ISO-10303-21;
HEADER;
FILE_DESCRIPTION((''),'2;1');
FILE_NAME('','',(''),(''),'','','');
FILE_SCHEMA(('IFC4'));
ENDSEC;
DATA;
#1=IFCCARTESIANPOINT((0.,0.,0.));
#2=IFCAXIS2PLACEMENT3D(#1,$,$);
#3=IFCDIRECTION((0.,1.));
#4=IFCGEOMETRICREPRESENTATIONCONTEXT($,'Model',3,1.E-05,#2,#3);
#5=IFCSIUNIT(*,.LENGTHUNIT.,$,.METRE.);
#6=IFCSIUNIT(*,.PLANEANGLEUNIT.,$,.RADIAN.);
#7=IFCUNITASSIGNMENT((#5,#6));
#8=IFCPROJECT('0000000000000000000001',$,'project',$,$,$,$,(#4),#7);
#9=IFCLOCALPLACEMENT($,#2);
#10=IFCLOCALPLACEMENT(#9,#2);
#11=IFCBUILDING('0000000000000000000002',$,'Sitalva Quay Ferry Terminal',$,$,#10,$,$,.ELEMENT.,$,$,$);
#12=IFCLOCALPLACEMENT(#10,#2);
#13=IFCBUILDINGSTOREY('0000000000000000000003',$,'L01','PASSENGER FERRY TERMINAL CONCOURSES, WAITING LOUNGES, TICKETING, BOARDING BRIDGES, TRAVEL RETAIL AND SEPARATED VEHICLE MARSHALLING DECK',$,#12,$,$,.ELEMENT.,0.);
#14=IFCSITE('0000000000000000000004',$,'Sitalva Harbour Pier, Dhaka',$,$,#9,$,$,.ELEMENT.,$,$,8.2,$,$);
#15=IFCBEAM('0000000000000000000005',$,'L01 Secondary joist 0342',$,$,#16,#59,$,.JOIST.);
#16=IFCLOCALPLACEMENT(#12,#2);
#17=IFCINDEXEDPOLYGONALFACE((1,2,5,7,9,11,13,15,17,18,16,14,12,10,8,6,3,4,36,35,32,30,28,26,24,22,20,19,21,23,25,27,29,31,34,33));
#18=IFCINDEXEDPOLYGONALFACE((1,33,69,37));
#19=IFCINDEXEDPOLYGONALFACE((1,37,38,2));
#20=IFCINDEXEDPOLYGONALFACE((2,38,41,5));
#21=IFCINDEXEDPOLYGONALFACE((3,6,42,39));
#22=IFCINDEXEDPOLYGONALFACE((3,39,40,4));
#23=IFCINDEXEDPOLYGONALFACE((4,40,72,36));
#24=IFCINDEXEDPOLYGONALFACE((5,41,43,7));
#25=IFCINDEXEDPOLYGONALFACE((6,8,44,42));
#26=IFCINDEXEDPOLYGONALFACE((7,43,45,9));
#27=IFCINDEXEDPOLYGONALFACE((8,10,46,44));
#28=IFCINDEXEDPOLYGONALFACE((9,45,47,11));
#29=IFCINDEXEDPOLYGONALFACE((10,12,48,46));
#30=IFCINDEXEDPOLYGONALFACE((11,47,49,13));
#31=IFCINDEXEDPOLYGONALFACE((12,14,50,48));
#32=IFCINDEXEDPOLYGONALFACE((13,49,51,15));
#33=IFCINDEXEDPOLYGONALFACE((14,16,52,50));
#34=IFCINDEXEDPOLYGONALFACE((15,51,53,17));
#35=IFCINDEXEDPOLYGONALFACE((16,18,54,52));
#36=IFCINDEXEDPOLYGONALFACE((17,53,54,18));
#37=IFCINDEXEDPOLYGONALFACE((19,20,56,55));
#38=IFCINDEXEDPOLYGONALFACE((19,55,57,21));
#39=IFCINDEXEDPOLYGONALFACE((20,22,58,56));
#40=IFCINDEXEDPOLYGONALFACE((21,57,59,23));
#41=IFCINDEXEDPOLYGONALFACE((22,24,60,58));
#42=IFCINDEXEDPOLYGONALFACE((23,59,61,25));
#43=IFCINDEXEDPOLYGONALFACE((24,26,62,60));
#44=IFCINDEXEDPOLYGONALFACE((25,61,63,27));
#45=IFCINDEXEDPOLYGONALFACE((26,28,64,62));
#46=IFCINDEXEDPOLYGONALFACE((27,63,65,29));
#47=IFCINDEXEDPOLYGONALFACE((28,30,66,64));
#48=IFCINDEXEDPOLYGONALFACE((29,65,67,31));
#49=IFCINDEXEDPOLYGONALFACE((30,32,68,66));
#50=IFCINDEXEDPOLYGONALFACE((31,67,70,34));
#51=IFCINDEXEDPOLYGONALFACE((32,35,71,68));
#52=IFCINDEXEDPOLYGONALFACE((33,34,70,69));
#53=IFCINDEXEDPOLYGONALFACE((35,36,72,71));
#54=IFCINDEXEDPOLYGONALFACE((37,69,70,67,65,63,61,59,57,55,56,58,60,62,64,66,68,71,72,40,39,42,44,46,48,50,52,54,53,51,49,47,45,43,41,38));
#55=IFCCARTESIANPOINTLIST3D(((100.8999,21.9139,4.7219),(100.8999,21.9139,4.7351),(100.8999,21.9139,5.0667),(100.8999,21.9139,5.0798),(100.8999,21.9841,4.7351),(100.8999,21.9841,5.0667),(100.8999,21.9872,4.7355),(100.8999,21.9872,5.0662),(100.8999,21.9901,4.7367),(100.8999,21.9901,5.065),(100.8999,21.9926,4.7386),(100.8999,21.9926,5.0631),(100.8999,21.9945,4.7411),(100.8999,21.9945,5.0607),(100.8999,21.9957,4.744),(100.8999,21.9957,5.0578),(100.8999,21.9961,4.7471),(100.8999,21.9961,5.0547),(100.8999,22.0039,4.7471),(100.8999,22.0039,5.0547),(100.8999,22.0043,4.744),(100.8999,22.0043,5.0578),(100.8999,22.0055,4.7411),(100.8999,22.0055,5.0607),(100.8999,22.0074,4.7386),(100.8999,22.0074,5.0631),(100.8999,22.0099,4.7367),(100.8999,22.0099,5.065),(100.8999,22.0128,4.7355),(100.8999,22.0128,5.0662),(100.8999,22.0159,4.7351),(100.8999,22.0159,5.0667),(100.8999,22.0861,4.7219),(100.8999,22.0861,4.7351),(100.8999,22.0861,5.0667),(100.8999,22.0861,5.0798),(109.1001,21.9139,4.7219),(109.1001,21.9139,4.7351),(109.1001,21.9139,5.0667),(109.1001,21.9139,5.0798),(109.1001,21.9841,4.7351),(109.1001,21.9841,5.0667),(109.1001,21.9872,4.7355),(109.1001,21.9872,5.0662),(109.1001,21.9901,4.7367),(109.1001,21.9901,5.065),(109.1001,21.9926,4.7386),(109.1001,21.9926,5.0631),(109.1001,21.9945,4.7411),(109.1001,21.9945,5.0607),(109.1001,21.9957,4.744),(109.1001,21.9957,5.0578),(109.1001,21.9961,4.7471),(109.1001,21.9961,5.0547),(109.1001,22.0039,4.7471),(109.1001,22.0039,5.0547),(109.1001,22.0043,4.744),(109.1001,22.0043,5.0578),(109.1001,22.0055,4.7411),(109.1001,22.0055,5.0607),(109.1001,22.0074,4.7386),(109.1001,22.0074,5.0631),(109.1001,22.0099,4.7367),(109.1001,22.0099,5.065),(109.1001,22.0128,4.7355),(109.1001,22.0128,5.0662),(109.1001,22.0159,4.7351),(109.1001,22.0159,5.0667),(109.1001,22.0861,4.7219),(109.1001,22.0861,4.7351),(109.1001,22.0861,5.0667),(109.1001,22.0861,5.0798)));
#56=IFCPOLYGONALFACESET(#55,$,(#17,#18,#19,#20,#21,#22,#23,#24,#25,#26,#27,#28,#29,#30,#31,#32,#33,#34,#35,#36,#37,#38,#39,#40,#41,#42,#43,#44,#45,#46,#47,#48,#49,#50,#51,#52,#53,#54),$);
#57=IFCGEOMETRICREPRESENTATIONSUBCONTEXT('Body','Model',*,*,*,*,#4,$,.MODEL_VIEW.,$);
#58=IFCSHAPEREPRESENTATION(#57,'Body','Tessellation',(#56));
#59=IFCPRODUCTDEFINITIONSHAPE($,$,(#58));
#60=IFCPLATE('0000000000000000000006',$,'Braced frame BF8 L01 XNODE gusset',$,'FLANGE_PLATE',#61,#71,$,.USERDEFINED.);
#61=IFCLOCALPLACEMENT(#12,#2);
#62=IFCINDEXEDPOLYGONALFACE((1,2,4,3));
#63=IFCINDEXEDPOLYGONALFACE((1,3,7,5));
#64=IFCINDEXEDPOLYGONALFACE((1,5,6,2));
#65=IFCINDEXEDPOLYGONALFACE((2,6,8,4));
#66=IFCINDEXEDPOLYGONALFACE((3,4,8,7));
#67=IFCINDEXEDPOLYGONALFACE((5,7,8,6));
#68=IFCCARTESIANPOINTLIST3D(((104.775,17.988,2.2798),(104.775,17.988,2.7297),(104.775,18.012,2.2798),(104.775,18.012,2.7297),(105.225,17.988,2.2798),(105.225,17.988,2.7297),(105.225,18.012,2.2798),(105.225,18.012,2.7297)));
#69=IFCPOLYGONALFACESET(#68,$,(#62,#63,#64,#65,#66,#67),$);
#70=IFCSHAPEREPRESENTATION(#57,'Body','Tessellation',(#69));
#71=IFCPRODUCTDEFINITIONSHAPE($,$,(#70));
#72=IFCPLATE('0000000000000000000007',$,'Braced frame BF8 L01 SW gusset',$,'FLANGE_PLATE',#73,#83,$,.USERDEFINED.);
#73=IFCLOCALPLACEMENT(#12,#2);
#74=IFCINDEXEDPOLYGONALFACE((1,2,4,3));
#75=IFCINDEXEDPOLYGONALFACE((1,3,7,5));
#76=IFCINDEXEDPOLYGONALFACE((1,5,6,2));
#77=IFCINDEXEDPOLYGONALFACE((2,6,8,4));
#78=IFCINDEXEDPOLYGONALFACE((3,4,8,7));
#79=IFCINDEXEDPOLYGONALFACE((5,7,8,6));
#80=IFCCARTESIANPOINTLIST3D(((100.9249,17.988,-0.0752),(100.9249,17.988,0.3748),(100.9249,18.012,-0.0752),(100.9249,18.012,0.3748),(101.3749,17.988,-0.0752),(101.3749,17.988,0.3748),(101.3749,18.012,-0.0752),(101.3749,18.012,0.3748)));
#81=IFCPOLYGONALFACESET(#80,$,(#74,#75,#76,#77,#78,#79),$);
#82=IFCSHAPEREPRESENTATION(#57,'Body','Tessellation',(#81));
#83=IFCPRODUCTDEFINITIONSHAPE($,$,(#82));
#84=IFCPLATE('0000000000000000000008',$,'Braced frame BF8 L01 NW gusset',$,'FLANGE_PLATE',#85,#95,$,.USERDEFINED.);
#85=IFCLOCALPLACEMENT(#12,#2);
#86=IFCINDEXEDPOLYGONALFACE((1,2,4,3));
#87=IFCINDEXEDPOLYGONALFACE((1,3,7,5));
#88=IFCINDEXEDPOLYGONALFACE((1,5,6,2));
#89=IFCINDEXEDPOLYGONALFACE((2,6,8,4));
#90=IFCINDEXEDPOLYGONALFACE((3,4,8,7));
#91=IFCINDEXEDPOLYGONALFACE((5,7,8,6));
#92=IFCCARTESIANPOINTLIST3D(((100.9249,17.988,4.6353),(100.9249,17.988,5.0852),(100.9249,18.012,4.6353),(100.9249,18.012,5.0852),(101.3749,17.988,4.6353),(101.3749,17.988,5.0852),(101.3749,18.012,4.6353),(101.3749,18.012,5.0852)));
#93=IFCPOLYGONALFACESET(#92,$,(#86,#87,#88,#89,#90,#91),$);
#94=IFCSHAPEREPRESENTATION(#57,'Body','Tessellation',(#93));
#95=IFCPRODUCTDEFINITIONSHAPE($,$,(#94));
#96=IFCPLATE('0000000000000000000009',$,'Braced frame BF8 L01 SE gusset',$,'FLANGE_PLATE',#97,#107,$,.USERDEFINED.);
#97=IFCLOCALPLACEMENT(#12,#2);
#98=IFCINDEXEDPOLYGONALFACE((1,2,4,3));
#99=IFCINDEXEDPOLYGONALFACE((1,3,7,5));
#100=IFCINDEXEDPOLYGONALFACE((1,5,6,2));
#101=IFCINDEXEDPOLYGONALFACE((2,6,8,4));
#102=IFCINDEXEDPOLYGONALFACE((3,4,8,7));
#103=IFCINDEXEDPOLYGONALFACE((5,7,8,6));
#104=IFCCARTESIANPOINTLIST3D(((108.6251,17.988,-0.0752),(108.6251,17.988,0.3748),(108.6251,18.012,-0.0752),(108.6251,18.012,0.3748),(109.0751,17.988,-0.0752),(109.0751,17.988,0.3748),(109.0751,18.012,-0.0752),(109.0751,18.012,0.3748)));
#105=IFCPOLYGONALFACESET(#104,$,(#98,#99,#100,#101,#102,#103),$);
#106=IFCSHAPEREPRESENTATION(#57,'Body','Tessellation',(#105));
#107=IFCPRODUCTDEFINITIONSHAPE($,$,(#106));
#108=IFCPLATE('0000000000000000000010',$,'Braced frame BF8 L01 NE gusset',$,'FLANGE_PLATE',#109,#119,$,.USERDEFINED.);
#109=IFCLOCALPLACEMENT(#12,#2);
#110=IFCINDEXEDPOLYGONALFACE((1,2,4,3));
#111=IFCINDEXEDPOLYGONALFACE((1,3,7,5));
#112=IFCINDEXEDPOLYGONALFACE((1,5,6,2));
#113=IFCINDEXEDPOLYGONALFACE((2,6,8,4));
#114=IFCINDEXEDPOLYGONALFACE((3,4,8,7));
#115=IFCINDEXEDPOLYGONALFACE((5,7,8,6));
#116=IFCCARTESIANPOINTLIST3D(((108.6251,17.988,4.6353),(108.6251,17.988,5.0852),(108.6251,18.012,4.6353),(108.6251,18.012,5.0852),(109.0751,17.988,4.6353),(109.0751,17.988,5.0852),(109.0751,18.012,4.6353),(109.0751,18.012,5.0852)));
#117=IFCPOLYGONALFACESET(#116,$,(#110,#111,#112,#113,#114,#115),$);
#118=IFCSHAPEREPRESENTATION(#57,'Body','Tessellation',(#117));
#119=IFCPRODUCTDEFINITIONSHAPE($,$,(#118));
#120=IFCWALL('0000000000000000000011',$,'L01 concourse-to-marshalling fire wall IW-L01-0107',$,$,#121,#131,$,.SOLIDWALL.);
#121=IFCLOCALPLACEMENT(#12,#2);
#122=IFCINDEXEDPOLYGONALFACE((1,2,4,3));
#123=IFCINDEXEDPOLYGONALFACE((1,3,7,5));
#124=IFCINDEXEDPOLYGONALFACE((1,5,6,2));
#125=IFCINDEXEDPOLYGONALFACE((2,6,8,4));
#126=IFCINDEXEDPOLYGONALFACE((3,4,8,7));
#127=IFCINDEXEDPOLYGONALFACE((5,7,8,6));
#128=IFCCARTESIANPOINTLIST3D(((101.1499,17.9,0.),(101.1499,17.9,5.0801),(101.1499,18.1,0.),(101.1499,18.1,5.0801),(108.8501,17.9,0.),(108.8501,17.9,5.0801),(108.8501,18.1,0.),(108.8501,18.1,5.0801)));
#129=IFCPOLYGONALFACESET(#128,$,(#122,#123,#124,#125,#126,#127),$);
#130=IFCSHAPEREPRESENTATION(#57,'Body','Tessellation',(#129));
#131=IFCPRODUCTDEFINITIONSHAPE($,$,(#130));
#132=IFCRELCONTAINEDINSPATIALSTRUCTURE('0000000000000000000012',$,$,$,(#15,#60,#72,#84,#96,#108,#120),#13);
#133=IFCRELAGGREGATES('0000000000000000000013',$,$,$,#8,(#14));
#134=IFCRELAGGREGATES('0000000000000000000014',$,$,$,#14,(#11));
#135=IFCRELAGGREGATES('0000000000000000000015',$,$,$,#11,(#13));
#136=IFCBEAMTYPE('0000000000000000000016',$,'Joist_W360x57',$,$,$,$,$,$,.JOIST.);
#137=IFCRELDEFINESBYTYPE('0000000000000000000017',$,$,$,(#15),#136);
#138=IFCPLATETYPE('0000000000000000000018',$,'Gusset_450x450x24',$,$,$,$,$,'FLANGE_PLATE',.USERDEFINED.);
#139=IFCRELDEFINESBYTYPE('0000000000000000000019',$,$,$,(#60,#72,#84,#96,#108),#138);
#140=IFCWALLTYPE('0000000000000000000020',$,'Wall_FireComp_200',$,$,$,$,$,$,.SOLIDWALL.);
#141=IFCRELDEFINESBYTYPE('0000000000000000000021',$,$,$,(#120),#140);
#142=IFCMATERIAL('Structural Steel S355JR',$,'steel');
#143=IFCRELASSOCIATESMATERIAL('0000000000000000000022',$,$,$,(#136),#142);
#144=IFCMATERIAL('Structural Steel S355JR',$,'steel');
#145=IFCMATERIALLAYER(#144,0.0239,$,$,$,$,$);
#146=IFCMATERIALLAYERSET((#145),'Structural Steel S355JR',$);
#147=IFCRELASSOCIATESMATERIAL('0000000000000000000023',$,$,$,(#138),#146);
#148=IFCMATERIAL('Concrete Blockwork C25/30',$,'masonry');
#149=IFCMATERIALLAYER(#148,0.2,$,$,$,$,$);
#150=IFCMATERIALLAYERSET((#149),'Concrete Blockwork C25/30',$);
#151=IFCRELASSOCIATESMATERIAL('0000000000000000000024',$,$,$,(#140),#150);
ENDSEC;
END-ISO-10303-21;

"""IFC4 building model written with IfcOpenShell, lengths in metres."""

from ifc_helpers import new_model, si_unit, direction, frame, frame_2d, origin, origin_2d, place, context, subcontext, project, spatial, rectangle, i_section, extrude, material, layer, layer_set, material_profile, profile_set, type_object, element, save


model = new_model("IFC4")

# Units and contexts
model_context = context("Model", 3, precision=1e-05, world=origin(), true_north=direction((0.0, 1.0)))
body_context = subcontext(model_context, "Body", "Model", "MODEL_VIEW")
ifc_project = project(units=[si_unit("LENGTHUNIT", "METRE"), si_unit("PLANEANGLEUNIT", "RADIAN")], contexts=[model_context])

# Site, building, storey
site_placement = place(None, origin())
site = spatial("IfcSite", under=ifc_project, at=site_placement, Name="Sitalva Harbour Pier, Dhaka", CompositionType="ELEMENT", RefElevation=8.2)
building_placement = place(site_placement, origin())
building = spatial("IfcBuilding", under=site, at=building_placement, Name="Sitalva Quay Ferry Terminal", CompositionType="ELEMENT")
storey_placement = place(building_placement, origin())
storey = spatial("IfcBuildingStorey", under=building, at=storey_placement, Name="L01", Description="PASSENGER FERRY TERMINAL CONCOURSES, WAITING LOUNGES, TICKETING, BOARDING BRIDGES, TRAVEL RETAIL AND SEPARATED VEHICLE MARSHALLING DECK", CompositionType="ELEMENT", Elevation=0.0)

# Beam
ifc_material_1 = material(Name="Structural Steel S355JR", Category="steel")
ifc_material_profile_1 = material_profile(ifc_material_1, i_section(OverallWidth=0.1721, OverallDepth=0.3579, WebThickness=0.0078, FlangeThickness=0.0132, FilletRadius=0.012, at=origin_2d()), Name="W360x57")
ifc_profile_set_1 = profile_set([ifc_material_profile_1], Name="Structural Steel S355JR")
beam_type_1 = type_object("IfcBeamType", Name="Joist_W360x57", PredefinedType="JOIST", material=ifc_profile_set_1)
beam_1_placement = place(storey_placement, frame((100.8999, 22.0, 4.9009), z_axis=(1.0, 0.0, 0.0), x_axis=(0.0, 1.0, 0.0)))
element("IfcBeam", 1, at=beam_1_placement, inside=storey, type_object=beam_type_1, Name="L01 Secondary joist 0342", PredefinedType="JOIST", context=body_context, shape_type="SweptSolid", body=[
    extrude(i_section(OverallWidth=0.1721, OverallDepth=0.3579, WebThickness=0.0078, FlangeThickness=0.0132, FilletRadius=0.012, at=origin_2d()), origin(), (0.0, 0.0, 1.0), 8.2002),
])

# Plates
ifc_material_2 = material(Name="Structural Steel S355JR", Category="steel")
ifc_layer_1 = layer(ifc_material_2, 0.0239)
ifc_layer_set_1 = layer_set([ifc_layer_1], Name="Structural Steel S355JR")
plate_type = type_object("IfcPlateType", Name="Gusset_450x450x24", ElementType="FLANGE_PLATE", PredefinedType="USERDEFINED", material=ifc_layer_set_1)
for number, where, z_axis, x_axis, name in (
    (2, (105.0, 18.0, 2.2798), (0.0, 0.0, 1.0), (1.0, 0.0, 0.0), "Braced frame BF8 L01 XNODE gusset"),
    (3, (101.1499, 18.0, -0.0752), (0.0, 0.0, 1.0), (1.0, 0.0, 0.0), "Braced frame BF8 L01 SW gusset"),
    (4, (101.1499, 18.0, 4.6353), (0.0, 0.0, 1.0), (1.0, 0.0, 0.0), "Braced frame BF8 L01 NW gusset"),
    (5, (108.8501, 18.0, -0.0752), (0.0, 0.0, 1.0), (1.0, 0.0, 0.0), "Braced frame BF8 L01 SE gusset"),
    (6, (108.8501, 18.0, 4.6353), (0.0, 0.0, 1.0), (1.0, 0.0, 0.0), "Braced frame BF8 L01 NE gusset"),
):
    element("IfcPlate", number, at=place(storey_placement, frame(where, z_axis=z_axis, x_axis=x_axis)), inside=storey, type_object=plate_type, Name=name, ObjectType="FLANGE_PLATE", PredefinedType="USERDEFINED", context=body_context, shape_type="SweptSolid", body=[
        extrude(rectangle(XDim=0.45, YDim=0.0239, at=origin_2d()), origin(), (0.0, 0.0, 1.0), 0.45),
    ])

# Wall
ifc_material_3 = material(Name="Concrete Blockwork C25/30", Category="masonry")
ifc_layer_2 = layer(ifc_material_3, 0.2)
ifc_layer_set_2 = layer_set([ifc_layer_2], Name="Concrete Blockwork C25/30")
wall_type = type_object("IfcWallType", Name="Wall_FireComp_200", PredefinedType="SOLIDWALL", material=ifc_layer_set_2)
wall_placement = place(storey_placement, frame((101.1499, 18.0, 0.0), z_axis=(0.0, 0.0, 1.0), x_axis=(1.0, 0.0, 0.0)))
element("IfcWall", 7, at=wall_placement, inside=storey, type_object=wall_type, Name="L01 concourse-to-marshalling fire wall IW-L01-0107", PredefinedType="SOLIDWALL", context=body_context, shape_type="SweptSolid", body=[
    extrude(rectangle(XDim=7.7002, YDim=0.2, at=frame_2d((3.8501, 0.0))), origin(), (0.0, 0.0, 1.0), 5.0801),
])

save(model, "model.ifc")
